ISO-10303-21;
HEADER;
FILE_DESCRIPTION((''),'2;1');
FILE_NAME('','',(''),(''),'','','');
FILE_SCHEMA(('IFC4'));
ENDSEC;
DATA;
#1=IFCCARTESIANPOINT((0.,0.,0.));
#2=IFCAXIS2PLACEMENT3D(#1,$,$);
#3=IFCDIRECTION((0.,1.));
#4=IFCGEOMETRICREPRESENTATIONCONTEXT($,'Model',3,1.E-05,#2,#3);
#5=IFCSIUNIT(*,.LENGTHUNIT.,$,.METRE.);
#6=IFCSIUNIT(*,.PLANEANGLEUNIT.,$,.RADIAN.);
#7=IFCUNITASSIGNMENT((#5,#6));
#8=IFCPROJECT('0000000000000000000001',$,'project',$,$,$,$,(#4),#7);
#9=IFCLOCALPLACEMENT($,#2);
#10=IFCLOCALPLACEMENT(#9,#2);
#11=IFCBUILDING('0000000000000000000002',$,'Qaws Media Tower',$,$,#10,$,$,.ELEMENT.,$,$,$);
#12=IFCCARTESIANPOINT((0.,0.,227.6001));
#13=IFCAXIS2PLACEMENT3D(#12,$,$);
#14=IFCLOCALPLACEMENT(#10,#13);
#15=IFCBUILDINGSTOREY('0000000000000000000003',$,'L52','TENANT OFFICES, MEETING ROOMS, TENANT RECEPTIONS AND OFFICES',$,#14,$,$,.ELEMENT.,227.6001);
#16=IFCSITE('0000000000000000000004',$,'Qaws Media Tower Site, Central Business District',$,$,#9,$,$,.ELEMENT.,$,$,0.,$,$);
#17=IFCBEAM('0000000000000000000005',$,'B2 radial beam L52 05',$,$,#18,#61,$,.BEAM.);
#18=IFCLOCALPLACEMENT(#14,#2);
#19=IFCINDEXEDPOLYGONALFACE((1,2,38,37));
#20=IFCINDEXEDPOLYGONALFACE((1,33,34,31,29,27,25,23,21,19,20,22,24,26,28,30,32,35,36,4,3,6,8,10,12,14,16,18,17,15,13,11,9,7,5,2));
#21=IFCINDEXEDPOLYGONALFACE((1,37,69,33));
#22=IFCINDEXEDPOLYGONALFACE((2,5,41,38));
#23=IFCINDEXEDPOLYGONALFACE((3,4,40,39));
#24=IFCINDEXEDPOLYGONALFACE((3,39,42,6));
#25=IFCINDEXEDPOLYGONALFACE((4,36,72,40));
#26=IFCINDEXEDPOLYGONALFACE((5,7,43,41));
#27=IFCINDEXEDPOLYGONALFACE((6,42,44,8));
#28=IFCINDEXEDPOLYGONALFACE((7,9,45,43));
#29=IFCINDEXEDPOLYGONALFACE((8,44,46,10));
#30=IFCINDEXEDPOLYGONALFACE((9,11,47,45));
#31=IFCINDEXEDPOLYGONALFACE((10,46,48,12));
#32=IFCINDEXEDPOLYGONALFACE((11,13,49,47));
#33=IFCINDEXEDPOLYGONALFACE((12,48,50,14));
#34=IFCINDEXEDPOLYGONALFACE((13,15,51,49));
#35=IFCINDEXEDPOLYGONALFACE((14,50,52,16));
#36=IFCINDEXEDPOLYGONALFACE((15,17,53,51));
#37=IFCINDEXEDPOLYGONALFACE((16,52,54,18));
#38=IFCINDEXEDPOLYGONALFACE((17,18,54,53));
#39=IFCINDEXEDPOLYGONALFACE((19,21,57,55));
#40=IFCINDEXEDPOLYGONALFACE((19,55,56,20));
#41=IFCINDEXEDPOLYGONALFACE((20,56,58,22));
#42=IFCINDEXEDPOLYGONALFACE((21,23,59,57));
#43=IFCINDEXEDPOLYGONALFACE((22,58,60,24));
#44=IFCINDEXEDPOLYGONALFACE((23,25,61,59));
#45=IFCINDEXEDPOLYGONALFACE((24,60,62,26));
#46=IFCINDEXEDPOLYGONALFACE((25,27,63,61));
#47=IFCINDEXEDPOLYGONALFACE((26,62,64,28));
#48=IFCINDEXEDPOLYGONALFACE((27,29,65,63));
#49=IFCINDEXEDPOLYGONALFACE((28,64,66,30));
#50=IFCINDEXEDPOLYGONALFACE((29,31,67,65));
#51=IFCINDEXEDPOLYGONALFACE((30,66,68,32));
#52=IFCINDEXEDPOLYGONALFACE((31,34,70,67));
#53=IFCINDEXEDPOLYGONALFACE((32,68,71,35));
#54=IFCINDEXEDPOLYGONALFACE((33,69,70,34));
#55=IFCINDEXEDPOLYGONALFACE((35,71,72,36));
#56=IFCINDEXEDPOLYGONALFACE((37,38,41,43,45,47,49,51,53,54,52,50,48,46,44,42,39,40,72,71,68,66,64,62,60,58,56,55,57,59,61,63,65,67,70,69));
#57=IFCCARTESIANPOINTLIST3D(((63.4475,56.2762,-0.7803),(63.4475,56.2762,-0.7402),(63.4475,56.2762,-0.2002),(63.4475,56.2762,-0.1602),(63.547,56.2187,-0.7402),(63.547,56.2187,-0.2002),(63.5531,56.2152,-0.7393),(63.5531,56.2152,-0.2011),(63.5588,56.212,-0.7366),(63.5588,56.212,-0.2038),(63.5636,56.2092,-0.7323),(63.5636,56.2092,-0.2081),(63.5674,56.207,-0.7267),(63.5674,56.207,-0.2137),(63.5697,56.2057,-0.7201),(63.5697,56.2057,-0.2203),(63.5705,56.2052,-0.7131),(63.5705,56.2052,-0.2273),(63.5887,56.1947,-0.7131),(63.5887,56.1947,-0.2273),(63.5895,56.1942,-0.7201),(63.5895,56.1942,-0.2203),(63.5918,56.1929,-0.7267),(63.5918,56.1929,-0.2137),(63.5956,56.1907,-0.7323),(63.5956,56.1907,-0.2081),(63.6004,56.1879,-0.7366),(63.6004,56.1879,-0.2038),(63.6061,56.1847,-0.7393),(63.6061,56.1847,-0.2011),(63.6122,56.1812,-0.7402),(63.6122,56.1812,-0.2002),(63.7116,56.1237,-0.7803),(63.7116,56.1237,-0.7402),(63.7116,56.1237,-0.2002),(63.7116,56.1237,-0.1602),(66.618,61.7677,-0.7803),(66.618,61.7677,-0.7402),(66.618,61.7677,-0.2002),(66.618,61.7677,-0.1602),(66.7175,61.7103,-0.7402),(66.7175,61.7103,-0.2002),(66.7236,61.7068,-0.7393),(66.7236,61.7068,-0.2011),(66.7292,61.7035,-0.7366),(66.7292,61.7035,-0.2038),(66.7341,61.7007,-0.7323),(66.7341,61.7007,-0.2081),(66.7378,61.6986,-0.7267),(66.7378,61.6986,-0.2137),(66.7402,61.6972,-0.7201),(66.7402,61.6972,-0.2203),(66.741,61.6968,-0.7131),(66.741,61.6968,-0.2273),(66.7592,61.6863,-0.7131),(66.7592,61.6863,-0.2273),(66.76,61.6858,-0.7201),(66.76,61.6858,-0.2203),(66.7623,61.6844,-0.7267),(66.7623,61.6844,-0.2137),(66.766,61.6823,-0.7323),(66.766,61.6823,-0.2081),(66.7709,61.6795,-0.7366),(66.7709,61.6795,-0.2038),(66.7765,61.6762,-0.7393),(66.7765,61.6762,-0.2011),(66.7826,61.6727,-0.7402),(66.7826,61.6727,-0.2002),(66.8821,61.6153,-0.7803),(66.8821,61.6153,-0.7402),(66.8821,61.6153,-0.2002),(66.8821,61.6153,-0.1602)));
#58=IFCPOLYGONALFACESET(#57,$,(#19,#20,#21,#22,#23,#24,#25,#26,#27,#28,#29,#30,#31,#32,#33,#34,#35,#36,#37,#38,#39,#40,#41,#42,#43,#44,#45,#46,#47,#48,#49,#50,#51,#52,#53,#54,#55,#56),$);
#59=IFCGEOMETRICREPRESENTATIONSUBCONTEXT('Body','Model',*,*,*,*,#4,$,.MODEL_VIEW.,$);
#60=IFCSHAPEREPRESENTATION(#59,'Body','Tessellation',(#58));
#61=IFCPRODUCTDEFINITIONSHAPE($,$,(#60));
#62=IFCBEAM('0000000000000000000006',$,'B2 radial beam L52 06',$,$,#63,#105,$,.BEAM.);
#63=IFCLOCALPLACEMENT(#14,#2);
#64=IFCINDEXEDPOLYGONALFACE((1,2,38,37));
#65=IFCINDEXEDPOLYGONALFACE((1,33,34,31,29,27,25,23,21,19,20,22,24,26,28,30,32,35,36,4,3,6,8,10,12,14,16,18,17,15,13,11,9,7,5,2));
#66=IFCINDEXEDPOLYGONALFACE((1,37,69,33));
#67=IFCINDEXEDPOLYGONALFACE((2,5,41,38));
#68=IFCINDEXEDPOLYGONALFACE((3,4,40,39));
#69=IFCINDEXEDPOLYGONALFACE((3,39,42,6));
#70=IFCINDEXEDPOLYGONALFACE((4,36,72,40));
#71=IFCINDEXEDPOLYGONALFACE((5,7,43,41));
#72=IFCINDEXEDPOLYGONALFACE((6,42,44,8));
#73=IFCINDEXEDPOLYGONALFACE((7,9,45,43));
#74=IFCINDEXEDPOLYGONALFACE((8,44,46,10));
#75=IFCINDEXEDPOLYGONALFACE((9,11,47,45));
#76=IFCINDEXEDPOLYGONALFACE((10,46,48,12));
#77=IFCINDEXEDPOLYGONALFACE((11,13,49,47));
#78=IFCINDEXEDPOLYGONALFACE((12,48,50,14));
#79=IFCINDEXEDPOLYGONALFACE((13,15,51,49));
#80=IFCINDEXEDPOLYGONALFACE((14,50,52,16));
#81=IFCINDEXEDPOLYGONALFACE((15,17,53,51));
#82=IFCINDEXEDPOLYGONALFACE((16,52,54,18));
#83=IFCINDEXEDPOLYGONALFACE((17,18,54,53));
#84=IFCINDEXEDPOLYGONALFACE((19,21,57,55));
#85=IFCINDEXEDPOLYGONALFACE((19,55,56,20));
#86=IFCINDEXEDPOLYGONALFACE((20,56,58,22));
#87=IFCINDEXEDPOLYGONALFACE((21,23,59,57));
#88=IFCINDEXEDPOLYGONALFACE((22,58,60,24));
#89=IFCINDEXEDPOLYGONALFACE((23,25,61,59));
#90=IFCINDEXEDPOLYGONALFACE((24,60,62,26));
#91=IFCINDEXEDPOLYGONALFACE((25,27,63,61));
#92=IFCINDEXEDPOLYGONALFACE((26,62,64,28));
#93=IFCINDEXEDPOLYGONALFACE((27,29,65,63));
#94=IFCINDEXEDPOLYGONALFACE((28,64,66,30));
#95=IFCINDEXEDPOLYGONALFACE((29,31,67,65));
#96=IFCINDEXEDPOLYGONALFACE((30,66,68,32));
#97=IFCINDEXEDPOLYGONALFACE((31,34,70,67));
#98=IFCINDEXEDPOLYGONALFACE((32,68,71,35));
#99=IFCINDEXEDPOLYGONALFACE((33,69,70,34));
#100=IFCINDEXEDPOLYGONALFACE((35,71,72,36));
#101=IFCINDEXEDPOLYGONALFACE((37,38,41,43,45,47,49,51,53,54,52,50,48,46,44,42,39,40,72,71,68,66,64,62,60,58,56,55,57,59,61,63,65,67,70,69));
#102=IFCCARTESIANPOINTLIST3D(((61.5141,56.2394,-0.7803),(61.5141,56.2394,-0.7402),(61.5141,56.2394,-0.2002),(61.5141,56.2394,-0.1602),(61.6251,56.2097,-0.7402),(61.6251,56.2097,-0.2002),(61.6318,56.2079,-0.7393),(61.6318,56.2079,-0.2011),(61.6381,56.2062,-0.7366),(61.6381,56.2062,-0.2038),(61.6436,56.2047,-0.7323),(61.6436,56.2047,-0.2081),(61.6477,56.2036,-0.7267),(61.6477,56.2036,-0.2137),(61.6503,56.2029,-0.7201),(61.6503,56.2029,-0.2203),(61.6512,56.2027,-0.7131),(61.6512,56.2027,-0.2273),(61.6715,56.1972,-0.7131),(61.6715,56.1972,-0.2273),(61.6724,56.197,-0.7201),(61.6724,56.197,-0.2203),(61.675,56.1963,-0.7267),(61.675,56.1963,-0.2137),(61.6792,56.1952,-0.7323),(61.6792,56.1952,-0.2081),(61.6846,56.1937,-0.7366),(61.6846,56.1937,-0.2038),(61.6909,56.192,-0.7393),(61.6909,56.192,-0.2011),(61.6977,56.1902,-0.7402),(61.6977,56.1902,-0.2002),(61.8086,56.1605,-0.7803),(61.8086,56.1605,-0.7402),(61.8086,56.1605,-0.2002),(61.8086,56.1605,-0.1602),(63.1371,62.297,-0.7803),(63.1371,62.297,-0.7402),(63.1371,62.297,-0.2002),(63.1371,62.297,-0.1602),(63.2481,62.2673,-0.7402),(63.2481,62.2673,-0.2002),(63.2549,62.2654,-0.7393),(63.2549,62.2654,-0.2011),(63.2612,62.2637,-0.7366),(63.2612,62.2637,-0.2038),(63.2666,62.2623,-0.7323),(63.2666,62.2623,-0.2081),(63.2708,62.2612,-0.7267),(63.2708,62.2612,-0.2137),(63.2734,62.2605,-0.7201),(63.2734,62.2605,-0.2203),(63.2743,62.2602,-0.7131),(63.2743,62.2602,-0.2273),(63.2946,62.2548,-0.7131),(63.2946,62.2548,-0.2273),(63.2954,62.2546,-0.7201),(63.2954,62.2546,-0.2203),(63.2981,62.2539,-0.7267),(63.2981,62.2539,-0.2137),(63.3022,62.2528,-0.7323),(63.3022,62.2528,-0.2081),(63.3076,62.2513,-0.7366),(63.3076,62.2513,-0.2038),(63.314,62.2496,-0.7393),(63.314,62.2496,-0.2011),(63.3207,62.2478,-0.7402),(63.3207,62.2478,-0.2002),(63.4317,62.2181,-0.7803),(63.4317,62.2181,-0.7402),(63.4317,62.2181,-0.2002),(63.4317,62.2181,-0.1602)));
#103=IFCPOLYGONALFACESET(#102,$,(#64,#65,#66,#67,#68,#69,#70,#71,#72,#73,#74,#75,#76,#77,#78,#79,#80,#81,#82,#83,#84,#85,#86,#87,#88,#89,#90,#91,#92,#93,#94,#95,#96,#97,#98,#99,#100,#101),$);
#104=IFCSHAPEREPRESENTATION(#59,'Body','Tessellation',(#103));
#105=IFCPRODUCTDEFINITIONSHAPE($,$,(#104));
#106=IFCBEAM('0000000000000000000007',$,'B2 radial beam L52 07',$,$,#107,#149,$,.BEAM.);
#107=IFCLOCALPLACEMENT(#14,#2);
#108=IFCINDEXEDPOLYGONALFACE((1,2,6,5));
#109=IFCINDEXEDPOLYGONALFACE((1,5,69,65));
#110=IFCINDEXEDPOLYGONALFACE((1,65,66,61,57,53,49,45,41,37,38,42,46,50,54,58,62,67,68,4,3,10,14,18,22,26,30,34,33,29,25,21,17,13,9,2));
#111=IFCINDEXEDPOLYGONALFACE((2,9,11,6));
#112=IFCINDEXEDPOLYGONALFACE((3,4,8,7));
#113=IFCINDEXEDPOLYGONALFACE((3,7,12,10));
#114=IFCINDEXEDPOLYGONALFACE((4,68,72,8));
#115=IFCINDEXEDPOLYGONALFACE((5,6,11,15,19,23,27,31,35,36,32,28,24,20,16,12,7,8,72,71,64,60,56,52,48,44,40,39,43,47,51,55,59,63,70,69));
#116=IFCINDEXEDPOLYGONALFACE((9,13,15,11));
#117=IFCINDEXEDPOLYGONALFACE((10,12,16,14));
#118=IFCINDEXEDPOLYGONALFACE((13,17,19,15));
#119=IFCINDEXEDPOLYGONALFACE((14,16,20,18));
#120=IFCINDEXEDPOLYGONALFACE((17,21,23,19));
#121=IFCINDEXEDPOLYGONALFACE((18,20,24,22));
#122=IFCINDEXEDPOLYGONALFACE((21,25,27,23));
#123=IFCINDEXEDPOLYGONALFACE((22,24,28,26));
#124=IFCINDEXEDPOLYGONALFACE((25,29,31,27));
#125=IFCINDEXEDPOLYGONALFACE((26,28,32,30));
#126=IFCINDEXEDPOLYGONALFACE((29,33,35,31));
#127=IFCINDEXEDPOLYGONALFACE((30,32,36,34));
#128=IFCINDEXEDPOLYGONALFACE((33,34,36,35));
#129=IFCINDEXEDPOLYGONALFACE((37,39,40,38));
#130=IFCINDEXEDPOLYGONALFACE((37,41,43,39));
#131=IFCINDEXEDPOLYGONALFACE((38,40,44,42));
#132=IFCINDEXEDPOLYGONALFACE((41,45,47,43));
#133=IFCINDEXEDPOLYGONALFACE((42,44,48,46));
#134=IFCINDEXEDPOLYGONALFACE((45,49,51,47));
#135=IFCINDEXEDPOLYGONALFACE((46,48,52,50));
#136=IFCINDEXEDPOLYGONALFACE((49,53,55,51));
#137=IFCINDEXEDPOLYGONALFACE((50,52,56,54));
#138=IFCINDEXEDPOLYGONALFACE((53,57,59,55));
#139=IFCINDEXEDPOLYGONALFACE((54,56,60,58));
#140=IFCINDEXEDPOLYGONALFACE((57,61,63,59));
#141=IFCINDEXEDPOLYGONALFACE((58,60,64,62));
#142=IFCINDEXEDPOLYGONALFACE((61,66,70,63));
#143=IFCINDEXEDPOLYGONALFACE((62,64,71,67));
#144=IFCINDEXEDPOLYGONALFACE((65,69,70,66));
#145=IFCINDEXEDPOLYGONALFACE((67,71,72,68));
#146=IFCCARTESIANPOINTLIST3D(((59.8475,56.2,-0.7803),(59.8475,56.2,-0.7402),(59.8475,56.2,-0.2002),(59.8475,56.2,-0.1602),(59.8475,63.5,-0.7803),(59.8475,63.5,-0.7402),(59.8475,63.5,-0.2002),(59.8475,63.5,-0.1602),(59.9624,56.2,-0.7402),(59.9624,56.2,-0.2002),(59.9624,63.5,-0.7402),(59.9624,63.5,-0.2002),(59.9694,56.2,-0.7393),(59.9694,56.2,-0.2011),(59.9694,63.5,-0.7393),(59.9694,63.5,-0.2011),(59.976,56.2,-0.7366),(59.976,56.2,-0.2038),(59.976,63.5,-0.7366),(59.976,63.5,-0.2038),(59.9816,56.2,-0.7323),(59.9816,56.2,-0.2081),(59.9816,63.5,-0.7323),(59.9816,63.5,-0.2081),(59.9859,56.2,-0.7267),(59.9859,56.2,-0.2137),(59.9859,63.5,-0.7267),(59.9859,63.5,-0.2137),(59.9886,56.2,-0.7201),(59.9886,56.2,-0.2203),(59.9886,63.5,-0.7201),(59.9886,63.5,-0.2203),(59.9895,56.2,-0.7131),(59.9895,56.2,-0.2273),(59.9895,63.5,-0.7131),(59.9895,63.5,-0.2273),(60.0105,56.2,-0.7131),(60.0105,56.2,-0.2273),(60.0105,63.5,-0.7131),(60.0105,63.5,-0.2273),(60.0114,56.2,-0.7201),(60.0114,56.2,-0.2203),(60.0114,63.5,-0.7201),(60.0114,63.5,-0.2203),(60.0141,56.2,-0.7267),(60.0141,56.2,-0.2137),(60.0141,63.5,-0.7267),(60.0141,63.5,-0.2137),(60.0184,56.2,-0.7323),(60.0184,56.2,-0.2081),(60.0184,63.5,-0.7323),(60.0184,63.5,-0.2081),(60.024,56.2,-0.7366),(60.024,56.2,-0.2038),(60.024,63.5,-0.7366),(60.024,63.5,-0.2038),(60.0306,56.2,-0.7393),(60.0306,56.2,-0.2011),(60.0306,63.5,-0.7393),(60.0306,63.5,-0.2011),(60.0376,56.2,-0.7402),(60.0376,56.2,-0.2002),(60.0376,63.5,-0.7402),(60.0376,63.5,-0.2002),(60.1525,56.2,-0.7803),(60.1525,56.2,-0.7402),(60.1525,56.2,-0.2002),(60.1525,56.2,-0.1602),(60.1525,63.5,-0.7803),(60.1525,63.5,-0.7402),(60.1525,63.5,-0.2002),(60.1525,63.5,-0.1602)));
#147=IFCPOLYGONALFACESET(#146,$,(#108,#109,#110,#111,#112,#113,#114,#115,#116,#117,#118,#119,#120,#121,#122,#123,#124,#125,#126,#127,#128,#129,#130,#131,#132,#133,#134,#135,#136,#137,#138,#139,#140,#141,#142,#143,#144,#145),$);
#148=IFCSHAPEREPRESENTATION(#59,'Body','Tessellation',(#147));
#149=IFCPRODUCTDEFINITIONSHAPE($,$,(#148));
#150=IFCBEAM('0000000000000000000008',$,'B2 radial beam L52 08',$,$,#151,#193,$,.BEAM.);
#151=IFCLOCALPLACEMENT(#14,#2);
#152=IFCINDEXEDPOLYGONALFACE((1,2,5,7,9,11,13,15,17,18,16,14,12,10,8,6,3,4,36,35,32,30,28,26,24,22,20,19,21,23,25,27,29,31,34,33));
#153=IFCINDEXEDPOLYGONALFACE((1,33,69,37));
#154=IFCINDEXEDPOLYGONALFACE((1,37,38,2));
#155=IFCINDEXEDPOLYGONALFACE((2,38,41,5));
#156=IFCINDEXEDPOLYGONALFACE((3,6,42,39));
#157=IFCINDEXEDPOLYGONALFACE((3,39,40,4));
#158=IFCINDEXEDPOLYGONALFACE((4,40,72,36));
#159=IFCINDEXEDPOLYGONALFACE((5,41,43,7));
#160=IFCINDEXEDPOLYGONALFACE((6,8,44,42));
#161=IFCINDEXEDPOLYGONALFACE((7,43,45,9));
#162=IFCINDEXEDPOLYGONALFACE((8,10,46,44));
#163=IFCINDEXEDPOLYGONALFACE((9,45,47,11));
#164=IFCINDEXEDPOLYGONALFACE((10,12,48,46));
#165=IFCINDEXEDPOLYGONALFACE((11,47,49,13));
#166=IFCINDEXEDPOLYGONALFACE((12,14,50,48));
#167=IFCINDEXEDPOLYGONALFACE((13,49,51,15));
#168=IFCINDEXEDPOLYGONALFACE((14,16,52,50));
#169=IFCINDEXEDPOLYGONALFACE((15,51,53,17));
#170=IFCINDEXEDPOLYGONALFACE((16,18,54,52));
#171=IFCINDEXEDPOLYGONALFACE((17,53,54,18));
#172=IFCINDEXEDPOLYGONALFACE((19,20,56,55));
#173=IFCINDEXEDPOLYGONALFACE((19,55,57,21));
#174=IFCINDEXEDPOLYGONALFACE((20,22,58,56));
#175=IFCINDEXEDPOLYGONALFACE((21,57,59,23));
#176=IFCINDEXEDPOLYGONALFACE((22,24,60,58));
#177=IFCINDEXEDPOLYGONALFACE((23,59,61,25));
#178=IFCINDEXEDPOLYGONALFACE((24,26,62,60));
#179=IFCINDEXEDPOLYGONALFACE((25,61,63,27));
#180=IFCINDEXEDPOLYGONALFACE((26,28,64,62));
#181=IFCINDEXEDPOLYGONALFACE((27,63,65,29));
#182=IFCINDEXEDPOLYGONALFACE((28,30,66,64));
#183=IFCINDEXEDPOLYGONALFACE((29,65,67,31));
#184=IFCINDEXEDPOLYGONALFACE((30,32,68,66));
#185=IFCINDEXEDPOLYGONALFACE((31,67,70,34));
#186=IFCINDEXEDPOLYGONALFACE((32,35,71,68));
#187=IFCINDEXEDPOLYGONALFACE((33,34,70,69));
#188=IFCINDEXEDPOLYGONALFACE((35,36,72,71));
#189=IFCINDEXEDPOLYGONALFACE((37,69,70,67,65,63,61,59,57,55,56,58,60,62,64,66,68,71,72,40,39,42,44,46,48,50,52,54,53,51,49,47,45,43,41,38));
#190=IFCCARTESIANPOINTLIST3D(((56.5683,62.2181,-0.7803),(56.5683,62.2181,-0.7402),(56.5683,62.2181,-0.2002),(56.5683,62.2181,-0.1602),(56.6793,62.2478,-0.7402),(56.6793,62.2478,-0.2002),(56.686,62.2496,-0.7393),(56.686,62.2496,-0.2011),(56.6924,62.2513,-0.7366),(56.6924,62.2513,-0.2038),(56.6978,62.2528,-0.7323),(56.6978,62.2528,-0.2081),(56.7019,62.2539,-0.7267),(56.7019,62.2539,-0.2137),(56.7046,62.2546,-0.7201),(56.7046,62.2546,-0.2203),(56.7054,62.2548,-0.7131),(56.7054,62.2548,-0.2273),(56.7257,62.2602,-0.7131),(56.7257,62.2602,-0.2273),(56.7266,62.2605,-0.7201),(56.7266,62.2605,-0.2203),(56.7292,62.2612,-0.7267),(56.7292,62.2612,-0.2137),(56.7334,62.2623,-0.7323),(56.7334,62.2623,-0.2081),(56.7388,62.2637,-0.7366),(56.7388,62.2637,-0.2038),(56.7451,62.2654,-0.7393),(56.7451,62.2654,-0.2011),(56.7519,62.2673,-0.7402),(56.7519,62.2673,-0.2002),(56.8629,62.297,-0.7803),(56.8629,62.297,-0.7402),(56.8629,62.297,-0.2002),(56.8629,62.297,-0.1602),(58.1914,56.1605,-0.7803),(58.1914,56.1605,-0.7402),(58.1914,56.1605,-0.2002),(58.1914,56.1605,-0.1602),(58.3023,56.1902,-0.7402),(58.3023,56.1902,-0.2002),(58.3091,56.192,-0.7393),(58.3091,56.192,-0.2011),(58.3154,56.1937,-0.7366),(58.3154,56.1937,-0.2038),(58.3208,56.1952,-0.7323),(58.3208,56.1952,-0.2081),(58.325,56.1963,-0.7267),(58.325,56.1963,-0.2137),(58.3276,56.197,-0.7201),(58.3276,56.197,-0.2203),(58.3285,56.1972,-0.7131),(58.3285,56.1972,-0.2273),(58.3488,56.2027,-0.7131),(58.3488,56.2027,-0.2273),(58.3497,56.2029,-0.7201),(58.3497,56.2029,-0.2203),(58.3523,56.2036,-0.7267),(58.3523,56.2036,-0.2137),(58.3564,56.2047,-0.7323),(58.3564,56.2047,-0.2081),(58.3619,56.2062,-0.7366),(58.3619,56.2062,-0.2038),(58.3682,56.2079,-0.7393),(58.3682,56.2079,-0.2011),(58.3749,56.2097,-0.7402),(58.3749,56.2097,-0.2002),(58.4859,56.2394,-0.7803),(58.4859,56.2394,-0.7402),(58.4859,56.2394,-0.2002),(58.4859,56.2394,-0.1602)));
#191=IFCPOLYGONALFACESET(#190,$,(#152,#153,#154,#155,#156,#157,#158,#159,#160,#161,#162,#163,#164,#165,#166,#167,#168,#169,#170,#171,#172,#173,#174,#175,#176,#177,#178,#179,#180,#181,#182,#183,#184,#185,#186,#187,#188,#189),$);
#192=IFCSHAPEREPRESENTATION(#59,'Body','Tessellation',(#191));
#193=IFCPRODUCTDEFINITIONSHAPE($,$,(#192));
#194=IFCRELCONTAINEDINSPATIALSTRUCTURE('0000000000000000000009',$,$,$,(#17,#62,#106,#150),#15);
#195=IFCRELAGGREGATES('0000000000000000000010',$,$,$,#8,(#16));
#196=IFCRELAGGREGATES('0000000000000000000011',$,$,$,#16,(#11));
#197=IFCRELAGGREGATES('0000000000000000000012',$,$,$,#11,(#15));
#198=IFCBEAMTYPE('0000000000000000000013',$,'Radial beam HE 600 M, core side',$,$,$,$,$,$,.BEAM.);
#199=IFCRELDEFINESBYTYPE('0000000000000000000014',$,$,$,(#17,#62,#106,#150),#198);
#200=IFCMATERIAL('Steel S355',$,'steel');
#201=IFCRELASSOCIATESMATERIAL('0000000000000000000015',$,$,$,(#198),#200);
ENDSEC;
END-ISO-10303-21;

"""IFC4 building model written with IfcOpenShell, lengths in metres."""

from ifc_helpers import new_model, si_unit, direction, frame, origin, origin_2d, place, context, subcontext, project, spatial, i_section, extrude, material, material_profile, profile_set, type_object, element, save


model = new_model("IFC4")

# Units and contexts
model_context = context("Model", 3, precision=1e-05, world=origin(), true_north=direction((0.0, 1.0)))
body_context = subcontext(model_context, "Body", "Model", "MODEL_VIEW")
ifc_project = project(units=[si_unit("LENGTHUNIT", "METRE"), si_unit("PLANEANGLEUNIT", "RADIAN")], contexts=[model_context])

# Site, building, storey
site_placement = place(None, origin())
site = spatial("IfcSite", under=ifc_project, at=site_placement, Name="Qaws Media Tower Site, Central Business District", CompositionType="ELEMENT", RefElevation=0.0)
building_placement = place(site_placement, origin())
building = spatial("IfcBuilding", under=site, at=building_placement, Name="Qaws Media Tower", CompositionType="ELEMENT")
storey_placement = place(building_placement, frame((0.0, 0.0, 227.6001)))
storey = spatial("IfcBuildingStorey", under=building, at=storey_placement, Name="L52", Description="TENANT OFFICES, MEETING ROOMS, TENANT RECEPTIONS AND OFFICES", CompositionType="ELEMENT", Elevation=227.6001)

# Beams
ifc_material_1 = material(Name="Steel S355", Category="steel")
ifc_material_profile = material_profile(ifc_material_1, i_section(OverallWidth=0.3049, OverallDepth=0.6201, WebThickness=0.021, FlangeThickness=0.04, FilletRadius=0.0271, at=origin_2d()), Name="HE 600 M")
ifc_profile_set = profile_set([ifc_material_profile], Name="Steel S355")
beam_type = type_object("IfcBeamType", Name="Radial beam HE 600 M, core side", PredefinedType="BEAM", material=ifc_profile_set)
beam_1_placement = place(storey_placement, frame((63.5796, 56.2, -0.4702), z_axis=(0.49999, 0.866031, 0.0), x_axis=(-0.866031, 0.49999, 0.0)))
element("IfcBeam", 1, at=beam_1_placement, inside=storey, type_object=beam_type, Name="B2 radial beam L52 05", PredefinedType="BEAM", context=body_context, shape_type="SweptSolid", body=[
    extrude(i_section(OverallWidth=0.3049, OverallDepth=0.6201, WebThickness=0.021, FlangeThickness=0.04, FilletRadius=0.0271, at=origin_2d()), origin(), (0.0, 0.0, 1.0), 6.3411),
])
beam_2_placement = place(storey_placement, frame((61.6614, 56.2, -0.4702), z_axis=(0.258806, 0.965929, 0.0), x_axis=(-0.965929, 0.258806, 0.0)))
element("IfcBeam", 2, at=beam_2_placement, inside=storey, type_object=beam_type, Name="B2 radial beam L52 06", PredefinedType="BEAM", context=body_context, shape_type="SweptSolid", body=[
    extrude(i_section(OverallWidth=0.3049, OverallDepth=0.6201, WebThickness=0.021, FlangeThickness=0.04, FilletRadius=0.0271, at=origin_2d()), origin(), (0.0, 0.0, 1.0), 6.2712),
])
beam_3_placement = place(storey_placement, frame((60.0, 56.2, -0.4702), z_axis=(0.0, 1.0, 0.0), x_axis=(-1.0, 0.0, 0.0)))
element("IfcBeam", 3, at=beam_3_placement, inside=storey, type_object=beam_type, Name="B2 radial beam L52 07", PredefinedType="BEAM", context=body_context, shape_type="SweptSolid", body=[
    extrude(i_section(OverallWidth=0.3049, OverallDepth=0.6201, WebThickness=0.021, FlangeThickness=0.04, FilletRadius=0.0271, at=origin_2d()), origin(), (0.0, 0.0, 1.0), 7.3),
])
beam_4_placement = place(storey_placement, frame((58.3386, 56.2, -0.4702), z_axis=(-0.258806, 0.965929, 0.0), x_axis=(-0.965929, -0.258806, 0.0)))
element("IfcBeam", 4, at=beam_4_placement, inside=storey, type_object=beam_type, Name="B2 radial beam L52 08", PredefinedType="BEAM", context=body_context, shape_type="SweptSolid", body=[
    extrude(i_section(OverallWidth=0.3049, OverallDepth=0.6201, WebThickness=0.021, FlangeThickness=0.04, FilletRadius=0.0271, at=origin_2d()), origin(), (0.0, 0.0, 1.0), 6.2712),
])

save(model, "model.ifc")
